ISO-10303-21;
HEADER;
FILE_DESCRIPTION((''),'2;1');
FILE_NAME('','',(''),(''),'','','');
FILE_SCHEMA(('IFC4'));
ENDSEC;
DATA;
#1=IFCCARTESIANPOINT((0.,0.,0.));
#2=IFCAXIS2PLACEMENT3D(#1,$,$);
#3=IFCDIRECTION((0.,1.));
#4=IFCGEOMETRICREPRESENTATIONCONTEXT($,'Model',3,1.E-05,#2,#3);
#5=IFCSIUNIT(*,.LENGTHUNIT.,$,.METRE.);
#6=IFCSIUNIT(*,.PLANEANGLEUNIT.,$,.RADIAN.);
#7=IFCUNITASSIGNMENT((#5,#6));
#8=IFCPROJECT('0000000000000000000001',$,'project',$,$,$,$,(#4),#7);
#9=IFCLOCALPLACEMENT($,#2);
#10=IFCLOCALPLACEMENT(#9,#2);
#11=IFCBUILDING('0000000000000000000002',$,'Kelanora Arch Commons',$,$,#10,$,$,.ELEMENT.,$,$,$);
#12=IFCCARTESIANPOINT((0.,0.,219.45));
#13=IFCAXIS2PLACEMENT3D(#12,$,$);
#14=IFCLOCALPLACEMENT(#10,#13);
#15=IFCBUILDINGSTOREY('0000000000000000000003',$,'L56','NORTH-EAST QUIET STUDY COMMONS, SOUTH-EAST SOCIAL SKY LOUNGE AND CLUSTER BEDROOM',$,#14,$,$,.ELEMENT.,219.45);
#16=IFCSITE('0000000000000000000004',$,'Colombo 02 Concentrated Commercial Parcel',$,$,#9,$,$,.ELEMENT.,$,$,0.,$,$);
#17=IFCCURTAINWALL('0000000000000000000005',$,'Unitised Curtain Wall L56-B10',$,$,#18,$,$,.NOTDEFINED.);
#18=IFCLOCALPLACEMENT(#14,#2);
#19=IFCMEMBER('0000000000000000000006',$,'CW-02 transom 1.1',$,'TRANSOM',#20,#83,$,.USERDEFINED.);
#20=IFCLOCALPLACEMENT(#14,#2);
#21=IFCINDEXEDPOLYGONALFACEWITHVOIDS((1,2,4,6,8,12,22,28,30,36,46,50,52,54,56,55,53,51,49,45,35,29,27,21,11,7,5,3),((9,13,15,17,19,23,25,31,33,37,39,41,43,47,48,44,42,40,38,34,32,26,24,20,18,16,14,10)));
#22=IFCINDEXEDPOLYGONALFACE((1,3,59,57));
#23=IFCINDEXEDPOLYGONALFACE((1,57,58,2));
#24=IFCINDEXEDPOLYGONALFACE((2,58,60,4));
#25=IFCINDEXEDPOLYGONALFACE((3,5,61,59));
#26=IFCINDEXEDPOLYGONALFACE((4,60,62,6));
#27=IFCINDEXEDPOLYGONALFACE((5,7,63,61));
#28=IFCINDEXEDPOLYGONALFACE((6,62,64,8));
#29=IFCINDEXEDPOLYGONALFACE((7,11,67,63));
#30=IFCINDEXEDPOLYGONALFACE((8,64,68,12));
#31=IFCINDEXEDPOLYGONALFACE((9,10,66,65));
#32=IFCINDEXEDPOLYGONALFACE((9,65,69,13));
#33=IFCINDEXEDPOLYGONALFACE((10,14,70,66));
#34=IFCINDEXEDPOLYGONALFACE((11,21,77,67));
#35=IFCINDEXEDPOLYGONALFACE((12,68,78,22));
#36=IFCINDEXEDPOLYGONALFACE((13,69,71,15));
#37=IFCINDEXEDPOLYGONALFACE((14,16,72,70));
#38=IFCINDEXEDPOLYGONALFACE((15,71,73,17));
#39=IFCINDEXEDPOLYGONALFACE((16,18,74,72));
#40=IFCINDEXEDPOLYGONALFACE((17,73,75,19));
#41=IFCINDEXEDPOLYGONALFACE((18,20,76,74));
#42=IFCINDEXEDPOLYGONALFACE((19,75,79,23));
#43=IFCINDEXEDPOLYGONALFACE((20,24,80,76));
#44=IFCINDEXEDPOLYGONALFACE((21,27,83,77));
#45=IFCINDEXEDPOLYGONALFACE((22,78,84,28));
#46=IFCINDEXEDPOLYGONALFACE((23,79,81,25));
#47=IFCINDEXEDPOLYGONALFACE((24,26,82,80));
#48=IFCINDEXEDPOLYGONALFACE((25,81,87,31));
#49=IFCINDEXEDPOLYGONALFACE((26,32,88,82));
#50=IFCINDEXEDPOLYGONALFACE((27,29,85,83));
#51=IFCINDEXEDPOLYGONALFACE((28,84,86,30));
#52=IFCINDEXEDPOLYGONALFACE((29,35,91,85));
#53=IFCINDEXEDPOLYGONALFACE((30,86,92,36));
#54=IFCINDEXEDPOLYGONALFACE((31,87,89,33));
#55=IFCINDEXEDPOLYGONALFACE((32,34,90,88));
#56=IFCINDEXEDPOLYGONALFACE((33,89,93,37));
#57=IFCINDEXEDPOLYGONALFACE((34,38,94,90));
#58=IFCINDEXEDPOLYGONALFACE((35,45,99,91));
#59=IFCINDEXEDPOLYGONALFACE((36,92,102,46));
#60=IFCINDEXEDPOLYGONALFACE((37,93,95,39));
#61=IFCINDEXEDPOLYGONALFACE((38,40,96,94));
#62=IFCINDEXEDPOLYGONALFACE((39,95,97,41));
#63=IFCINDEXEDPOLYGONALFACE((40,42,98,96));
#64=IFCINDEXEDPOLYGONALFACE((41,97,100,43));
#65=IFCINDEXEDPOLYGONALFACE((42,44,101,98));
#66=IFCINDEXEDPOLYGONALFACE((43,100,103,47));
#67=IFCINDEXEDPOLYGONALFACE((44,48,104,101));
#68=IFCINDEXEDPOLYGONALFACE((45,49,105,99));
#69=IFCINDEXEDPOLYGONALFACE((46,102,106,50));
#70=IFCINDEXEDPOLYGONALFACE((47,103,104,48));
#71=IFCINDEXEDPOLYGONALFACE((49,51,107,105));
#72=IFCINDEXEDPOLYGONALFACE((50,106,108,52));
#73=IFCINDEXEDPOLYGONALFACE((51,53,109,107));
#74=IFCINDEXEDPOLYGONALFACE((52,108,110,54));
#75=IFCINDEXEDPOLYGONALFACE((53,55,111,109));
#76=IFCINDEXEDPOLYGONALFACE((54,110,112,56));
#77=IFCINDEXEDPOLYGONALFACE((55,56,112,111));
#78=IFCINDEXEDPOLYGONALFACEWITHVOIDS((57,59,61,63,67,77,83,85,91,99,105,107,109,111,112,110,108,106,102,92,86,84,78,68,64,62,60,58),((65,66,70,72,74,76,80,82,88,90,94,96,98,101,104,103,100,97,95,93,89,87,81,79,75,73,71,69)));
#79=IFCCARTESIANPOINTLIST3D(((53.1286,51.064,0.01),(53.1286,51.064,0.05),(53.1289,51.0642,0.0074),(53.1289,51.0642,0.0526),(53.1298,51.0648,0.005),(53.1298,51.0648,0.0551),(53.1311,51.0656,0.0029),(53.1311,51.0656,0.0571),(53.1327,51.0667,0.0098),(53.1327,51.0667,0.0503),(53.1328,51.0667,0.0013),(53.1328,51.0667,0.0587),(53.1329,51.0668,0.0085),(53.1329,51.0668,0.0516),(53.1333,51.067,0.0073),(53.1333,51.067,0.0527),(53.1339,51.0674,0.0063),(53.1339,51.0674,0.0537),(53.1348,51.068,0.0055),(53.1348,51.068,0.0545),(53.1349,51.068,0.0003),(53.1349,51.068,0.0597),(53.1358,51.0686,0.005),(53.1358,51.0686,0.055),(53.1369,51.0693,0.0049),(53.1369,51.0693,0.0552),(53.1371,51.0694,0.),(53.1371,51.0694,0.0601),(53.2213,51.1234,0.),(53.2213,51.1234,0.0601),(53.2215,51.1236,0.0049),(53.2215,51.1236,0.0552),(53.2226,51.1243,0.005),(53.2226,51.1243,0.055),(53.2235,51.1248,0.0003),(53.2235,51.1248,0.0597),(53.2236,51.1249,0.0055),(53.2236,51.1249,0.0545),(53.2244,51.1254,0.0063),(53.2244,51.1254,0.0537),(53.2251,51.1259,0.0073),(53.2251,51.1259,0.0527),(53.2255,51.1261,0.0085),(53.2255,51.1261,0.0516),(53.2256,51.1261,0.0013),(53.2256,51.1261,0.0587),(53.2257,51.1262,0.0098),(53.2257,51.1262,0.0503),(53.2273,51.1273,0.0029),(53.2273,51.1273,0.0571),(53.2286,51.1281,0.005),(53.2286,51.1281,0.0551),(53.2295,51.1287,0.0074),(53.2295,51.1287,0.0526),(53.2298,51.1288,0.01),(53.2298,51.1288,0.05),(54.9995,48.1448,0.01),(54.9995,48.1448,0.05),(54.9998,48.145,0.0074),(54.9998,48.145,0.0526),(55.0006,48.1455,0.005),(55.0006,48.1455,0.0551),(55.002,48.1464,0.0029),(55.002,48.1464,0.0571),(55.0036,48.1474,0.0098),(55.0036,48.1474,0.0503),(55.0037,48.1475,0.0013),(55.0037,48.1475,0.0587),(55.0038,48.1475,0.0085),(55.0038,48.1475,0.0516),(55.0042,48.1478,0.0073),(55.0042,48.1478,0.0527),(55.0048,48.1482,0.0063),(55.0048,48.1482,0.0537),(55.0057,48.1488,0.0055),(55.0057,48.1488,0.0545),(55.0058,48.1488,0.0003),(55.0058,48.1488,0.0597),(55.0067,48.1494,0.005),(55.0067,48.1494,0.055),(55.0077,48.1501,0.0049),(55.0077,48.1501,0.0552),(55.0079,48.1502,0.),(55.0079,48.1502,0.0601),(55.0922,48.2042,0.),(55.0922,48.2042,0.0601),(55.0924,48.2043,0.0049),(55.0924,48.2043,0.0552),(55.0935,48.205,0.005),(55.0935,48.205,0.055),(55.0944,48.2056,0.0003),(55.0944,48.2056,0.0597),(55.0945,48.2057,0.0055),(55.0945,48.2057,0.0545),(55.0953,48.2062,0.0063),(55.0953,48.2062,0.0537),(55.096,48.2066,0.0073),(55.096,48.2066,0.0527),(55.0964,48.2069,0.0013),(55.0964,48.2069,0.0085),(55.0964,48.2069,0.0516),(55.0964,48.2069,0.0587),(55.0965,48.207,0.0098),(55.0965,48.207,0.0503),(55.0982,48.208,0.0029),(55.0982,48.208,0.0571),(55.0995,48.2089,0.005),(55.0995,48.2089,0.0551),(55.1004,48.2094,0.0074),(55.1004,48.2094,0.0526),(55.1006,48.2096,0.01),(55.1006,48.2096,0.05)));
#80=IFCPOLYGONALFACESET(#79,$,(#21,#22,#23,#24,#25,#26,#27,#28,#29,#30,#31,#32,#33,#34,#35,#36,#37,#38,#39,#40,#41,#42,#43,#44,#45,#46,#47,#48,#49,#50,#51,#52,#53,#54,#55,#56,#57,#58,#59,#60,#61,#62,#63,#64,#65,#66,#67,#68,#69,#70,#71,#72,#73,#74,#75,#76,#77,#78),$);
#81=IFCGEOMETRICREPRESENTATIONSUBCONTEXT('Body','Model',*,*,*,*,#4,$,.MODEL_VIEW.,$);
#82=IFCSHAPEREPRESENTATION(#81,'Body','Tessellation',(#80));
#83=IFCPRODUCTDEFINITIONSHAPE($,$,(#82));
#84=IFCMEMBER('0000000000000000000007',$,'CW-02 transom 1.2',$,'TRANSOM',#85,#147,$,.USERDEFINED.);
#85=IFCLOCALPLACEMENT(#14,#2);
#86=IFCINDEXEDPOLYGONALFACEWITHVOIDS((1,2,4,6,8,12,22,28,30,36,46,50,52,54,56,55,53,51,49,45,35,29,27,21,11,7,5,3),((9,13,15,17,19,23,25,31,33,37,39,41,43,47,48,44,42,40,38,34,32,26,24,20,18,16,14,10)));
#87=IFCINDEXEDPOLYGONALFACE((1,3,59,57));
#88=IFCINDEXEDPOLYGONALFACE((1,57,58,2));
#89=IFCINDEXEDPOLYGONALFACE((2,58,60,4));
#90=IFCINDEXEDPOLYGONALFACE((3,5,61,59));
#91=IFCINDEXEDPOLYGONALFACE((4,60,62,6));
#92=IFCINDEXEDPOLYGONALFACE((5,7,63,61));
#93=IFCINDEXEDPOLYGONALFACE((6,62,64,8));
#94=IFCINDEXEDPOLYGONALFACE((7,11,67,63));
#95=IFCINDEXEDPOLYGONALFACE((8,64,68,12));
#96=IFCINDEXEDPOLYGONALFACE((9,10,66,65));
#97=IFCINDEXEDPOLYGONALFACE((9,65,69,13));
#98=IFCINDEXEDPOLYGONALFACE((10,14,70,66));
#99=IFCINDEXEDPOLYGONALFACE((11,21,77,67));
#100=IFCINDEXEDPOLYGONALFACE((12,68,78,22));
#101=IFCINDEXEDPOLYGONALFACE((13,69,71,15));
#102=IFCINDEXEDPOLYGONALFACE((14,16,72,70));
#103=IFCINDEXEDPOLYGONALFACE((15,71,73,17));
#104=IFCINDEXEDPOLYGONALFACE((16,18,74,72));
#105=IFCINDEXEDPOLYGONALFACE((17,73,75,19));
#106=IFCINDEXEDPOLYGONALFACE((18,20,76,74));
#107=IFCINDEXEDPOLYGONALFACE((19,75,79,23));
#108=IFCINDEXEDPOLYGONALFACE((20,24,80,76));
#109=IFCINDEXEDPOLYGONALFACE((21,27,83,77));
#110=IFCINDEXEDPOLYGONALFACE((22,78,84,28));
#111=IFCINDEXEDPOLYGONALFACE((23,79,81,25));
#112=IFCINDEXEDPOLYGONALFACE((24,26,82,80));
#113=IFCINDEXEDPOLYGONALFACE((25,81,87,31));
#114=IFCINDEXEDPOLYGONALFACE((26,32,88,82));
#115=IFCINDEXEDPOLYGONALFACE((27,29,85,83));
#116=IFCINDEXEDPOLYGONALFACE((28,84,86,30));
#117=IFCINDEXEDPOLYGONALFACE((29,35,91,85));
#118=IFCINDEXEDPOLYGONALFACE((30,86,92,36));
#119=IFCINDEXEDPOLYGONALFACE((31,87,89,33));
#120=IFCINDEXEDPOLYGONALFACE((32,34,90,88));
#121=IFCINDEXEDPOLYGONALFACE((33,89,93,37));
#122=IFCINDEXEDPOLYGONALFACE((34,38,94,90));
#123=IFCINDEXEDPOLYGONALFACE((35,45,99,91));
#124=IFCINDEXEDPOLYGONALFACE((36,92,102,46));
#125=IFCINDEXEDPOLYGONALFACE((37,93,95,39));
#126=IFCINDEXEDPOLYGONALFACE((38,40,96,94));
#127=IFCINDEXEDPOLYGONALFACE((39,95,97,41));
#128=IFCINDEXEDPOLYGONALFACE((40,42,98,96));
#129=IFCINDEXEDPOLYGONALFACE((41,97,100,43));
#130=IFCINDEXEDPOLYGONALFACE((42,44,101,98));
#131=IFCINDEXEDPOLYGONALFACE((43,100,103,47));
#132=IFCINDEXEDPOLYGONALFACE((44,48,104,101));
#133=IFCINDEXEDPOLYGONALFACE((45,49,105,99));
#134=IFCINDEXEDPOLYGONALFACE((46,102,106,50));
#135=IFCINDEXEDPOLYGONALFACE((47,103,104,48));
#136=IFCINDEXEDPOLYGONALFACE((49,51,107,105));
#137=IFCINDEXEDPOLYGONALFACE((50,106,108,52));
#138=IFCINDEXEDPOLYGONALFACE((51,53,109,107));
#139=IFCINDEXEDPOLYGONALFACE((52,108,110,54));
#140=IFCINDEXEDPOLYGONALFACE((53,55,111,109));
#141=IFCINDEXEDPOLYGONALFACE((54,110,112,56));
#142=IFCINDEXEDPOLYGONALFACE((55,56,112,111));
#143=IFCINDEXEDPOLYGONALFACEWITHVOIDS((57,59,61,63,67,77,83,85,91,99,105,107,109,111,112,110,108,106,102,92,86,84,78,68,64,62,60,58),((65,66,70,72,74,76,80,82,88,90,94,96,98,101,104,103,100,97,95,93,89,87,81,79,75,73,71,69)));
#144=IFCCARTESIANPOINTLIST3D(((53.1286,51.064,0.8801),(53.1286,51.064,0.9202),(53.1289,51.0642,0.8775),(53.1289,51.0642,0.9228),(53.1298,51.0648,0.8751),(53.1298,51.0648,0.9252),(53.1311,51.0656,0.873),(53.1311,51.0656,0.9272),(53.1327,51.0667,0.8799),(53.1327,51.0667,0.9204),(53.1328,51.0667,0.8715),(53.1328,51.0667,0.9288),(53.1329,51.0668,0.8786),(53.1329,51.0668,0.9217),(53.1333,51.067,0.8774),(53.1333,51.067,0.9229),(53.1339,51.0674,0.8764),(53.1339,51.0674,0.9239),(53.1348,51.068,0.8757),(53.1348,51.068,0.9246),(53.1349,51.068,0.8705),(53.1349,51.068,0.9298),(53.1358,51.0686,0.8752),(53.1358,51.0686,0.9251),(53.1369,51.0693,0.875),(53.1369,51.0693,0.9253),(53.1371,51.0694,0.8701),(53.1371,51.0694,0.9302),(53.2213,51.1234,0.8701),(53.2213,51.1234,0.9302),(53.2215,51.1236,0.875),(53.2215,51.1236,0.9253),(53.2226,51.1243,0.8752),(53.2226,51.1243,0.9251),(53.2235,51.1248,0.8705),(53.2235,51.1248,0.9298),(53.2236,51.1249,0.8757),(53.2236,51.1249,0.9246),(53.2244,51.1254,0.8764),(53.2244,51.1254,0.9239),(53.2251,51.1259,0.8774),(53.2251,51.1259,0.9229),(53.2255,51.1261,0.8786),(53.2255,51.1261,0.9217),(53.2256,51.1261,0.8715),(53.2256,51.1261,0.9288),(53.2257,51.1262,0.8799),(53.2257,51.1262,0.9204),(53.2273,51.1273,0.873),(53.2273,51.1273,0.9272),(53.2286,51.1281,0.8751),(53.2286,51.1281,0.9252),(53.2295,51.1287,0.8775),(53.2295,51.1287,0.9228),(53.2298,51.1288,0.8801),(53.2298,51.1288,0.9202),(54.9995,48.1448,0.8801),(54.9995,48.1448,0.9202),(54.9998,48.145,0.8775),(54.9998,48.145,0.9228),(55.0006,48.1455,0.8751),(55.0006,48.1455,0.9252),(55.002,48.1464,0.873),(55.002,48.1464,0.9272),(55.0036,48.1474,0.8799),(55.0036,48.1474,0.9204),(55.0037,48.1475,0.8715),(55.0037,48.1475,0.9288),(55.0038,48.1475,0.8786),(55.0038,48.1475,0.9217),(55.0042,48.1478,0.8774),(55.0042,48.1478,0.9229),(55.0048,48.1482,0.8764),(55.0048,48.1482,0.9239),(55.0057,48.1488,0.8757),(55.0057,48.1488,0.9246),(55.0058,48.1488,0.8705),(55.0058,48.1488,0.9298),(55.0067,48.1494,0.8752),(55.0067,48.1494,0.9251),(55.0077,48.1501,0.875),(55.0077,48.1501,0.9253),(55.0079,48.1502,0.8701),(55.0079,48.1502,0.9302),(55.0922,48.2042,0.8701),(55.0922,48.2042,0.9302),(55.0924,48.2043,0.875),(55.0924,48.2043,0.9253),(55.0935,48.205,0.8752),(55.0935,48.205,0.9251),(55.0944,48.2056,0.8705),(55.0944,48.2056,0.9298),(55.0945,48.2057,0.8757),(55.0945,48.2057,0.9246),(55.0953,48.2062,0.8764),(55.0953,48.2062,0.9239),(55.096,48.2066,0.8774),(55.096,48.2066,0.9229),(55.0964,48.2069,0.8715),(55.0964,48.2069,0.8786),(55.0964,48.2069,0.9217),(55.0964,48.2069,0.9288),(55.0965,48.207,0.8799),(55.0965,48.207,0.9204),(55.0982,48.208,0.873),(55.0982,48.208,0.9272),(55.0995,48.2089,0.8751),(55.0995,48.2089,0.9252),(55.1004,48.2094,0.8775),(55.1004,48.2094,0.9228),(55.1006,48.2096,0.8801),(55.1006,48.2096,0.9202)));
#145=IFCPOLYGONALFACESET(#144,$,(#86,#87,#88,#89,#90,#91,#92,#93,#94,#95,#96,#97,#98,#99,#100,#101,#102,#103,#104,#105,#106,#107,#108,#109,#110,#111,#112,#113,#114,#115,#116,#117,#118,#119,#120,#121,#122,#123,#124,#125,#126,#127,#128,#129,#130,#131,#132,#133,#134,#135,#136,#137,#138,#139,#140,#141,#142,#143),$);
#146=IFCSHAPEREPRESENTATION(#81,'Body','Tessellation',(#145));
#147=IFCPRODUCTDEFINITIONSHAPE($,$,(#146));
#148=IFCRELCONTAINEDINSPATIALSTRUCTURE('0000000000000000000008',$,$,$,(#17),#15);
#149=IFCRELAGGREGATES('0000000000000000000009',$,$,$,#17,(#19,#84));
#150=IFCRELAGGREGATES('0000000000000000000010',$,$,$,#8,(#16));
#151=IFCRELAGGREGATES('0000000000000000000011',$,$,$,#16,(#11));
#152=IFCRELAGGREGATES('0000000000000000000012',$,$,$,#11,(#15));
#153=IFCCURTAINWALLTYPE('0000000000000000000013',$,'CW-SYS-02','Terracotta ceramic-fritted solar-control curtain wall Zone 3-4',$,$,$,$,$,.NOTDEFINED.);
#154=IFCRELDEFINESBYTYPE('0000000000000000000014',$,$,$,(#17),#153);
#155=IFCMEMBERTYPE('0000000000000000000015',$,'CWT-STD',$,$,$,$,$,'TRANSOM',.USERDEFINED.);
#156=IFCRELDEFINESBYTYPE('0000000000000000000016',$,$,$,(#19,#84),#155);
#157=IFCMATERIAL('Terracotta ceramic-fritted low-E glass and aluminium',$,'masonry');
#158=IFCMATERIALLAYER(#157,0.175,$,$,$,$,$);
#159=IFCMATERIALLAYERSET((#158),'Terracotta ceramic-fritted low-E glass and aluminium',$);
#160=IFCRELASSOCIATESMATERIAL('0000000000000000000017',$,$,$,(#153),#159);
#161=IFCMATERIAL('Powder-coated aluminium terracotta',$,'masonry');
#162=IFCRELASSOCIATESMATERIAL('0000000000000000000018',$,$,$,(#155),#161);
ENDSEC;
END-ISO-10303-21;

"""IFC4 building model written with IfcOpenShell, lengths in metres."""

from ifc_helpers import new_model, si_unit, direction, frame, origin, origin_2d, place, context, subcontext, project, spatial, hollow_rectangle, extrude, material, layer, layer_set, material_profile, profile_set, type_object, element, aggregate, save


model = new_model("IFC4")

# Units and contexts
model_context = context("Model", 3, precision=1e-05, world=origin(), true_north=direction((0.0, 1.0)))
body_context = subcontext(model_context, "Body", "Model", "MODEL_VIEW")
ifc_project = project(units=[si_unit("LENGTHUNIT", "METRE"), si_unit("PLANEANGLEUNIT", "RADIAN")], contexts=[model_context])

# Site, building, storey
site_placement = place(None, origin())
site = spatial("IfcSite", under=ifc_project, at=site_placement, Name="Colombo 02 Concentrated Commercial Parcel", CompositionType="ELEMENT", RefElevation=0.0)
building_placement = place(site_placement, origin())
building = spatial("IfcBuilding", under=site, at=building_placement, Name="Kelanora Arch Commons", CompositionType="ELEMENT")
storey_placement = place(building_placement, frame((0.0, 0.0, 219.45)))
storey = spatial("IfcBuildingStorey", under=building, at=storey_placement, Name="L56", Description="NORTH-EAST QUIET STUDY COMMONS, SOUTH-EAST SOCIAL SKY LOUNGE AND CLUSTER BEDROOM", CompositionType="ELEMENT", Elevation=219.45)

# Shared definitions
ifc_material_1 = material(Name="Terracotta ceramic-fritted low-E glass and aluminium", Category="masonry")
ifc_layer_1 = layer(ifc_material_1, 0.175)
ifc_layer_set_1 = layer_set([ifc_layer_1], Name="Terracotta ceramic-fritted low-E glass and aluminium")
curtain_wall_type = type_object("IfcCurtainWallType", Name="CW-SYS-02", Description="Terracotta ceramic-fritted solar-control curtain wall Zone 3-4", PredefinedType="NOTDEFINED", material=ifc_layer_set_1)
ifc_material_2 = material(Name="Powder-coated aluminium terracotta", Category="masonry")

# Curtain wall, members
curtain_wall_1_placement = place(storey_placement, origin())
curtain_wall_1 = element("IfcCurtainWall", 1, at=curtain_wall_1_placement, inside=storey, type_object=curtain_wall_type, Name="Unitised Curtain Wall L56-B10", PredefinedType="NOTDEFINED")
ifc_material_profile_1 = material_profile(ifc_material_2, hollow_rectangle(XDim=0.1201, YDim=0.0601, WallThickness=0.0049, InnerFilletRadius=0.0049, OuterFilletRadius=0.01, at=origin_2d()), Name="CWT120x60")
ifc_profile_set_1 = profile_set([ifc_material_profile_1], Name="Powder-coated aluminium terracotta")
member_type_1 = type_object("IfcMemberType", Name="CWT-STD", ElementType="TRANSOM", PredefinedType="USERDEFINED", material=ifc_profile_set_1)
member_1_placement = place(storey_placement, frame((53.1792, 51.0964, 0.03), z_axis=(0.539579, -0.841935, 0.0), x_axis=(0.841935, 0.539579, 0.0)))
member_1 = element("IfcMember", 2, at=member_1_placement, type_object=member_type_1, Name="CW-02 transom 1.1", ObjectType="TRANSOM", PredefinedType="USERDEFINED", context=body_context, shape_type="SweptSolid", body=[
    extrude(hollow_rectangle(XDim=0.1201, YDim=0.0601, WallThickness=0.0049, InnerFilletRadius=0.0049, OuterFilletRadius=0.01, at=origin_2d()), origin(), (0.0, 0.0, 1.0), 3.4673),
])
member_2_placement = place(storey_placement, frame((53.1792, 51.0964, 0.9001), z_axis=(0.539579, -0.841935, 0.0), x_axis=(0.841935, 0.539579, 0.0)))
member_2 = element("IfcMember", 3, at=member_2_placement, type_object=member_type_1, Name="CW-02 transom 1.2", ObjectType="TRANSOM", PredefinedType="USERDEFINED", context=body_context, shape_type="SweptSolid", body=[
    extrude(hollow_rectangle(XDim=0.1201, YDim=0.0601, WallThickness=0.0049, InnerFilletRadius=0.0049, OuterFilletRadius=0.01, at=origin_2d()), origin(), (0.0, 0.0, 1.0), 3.4673),
])
aggregate(curtain_wall_1, [member_1, member_2])

save(model, "model.ifc")
